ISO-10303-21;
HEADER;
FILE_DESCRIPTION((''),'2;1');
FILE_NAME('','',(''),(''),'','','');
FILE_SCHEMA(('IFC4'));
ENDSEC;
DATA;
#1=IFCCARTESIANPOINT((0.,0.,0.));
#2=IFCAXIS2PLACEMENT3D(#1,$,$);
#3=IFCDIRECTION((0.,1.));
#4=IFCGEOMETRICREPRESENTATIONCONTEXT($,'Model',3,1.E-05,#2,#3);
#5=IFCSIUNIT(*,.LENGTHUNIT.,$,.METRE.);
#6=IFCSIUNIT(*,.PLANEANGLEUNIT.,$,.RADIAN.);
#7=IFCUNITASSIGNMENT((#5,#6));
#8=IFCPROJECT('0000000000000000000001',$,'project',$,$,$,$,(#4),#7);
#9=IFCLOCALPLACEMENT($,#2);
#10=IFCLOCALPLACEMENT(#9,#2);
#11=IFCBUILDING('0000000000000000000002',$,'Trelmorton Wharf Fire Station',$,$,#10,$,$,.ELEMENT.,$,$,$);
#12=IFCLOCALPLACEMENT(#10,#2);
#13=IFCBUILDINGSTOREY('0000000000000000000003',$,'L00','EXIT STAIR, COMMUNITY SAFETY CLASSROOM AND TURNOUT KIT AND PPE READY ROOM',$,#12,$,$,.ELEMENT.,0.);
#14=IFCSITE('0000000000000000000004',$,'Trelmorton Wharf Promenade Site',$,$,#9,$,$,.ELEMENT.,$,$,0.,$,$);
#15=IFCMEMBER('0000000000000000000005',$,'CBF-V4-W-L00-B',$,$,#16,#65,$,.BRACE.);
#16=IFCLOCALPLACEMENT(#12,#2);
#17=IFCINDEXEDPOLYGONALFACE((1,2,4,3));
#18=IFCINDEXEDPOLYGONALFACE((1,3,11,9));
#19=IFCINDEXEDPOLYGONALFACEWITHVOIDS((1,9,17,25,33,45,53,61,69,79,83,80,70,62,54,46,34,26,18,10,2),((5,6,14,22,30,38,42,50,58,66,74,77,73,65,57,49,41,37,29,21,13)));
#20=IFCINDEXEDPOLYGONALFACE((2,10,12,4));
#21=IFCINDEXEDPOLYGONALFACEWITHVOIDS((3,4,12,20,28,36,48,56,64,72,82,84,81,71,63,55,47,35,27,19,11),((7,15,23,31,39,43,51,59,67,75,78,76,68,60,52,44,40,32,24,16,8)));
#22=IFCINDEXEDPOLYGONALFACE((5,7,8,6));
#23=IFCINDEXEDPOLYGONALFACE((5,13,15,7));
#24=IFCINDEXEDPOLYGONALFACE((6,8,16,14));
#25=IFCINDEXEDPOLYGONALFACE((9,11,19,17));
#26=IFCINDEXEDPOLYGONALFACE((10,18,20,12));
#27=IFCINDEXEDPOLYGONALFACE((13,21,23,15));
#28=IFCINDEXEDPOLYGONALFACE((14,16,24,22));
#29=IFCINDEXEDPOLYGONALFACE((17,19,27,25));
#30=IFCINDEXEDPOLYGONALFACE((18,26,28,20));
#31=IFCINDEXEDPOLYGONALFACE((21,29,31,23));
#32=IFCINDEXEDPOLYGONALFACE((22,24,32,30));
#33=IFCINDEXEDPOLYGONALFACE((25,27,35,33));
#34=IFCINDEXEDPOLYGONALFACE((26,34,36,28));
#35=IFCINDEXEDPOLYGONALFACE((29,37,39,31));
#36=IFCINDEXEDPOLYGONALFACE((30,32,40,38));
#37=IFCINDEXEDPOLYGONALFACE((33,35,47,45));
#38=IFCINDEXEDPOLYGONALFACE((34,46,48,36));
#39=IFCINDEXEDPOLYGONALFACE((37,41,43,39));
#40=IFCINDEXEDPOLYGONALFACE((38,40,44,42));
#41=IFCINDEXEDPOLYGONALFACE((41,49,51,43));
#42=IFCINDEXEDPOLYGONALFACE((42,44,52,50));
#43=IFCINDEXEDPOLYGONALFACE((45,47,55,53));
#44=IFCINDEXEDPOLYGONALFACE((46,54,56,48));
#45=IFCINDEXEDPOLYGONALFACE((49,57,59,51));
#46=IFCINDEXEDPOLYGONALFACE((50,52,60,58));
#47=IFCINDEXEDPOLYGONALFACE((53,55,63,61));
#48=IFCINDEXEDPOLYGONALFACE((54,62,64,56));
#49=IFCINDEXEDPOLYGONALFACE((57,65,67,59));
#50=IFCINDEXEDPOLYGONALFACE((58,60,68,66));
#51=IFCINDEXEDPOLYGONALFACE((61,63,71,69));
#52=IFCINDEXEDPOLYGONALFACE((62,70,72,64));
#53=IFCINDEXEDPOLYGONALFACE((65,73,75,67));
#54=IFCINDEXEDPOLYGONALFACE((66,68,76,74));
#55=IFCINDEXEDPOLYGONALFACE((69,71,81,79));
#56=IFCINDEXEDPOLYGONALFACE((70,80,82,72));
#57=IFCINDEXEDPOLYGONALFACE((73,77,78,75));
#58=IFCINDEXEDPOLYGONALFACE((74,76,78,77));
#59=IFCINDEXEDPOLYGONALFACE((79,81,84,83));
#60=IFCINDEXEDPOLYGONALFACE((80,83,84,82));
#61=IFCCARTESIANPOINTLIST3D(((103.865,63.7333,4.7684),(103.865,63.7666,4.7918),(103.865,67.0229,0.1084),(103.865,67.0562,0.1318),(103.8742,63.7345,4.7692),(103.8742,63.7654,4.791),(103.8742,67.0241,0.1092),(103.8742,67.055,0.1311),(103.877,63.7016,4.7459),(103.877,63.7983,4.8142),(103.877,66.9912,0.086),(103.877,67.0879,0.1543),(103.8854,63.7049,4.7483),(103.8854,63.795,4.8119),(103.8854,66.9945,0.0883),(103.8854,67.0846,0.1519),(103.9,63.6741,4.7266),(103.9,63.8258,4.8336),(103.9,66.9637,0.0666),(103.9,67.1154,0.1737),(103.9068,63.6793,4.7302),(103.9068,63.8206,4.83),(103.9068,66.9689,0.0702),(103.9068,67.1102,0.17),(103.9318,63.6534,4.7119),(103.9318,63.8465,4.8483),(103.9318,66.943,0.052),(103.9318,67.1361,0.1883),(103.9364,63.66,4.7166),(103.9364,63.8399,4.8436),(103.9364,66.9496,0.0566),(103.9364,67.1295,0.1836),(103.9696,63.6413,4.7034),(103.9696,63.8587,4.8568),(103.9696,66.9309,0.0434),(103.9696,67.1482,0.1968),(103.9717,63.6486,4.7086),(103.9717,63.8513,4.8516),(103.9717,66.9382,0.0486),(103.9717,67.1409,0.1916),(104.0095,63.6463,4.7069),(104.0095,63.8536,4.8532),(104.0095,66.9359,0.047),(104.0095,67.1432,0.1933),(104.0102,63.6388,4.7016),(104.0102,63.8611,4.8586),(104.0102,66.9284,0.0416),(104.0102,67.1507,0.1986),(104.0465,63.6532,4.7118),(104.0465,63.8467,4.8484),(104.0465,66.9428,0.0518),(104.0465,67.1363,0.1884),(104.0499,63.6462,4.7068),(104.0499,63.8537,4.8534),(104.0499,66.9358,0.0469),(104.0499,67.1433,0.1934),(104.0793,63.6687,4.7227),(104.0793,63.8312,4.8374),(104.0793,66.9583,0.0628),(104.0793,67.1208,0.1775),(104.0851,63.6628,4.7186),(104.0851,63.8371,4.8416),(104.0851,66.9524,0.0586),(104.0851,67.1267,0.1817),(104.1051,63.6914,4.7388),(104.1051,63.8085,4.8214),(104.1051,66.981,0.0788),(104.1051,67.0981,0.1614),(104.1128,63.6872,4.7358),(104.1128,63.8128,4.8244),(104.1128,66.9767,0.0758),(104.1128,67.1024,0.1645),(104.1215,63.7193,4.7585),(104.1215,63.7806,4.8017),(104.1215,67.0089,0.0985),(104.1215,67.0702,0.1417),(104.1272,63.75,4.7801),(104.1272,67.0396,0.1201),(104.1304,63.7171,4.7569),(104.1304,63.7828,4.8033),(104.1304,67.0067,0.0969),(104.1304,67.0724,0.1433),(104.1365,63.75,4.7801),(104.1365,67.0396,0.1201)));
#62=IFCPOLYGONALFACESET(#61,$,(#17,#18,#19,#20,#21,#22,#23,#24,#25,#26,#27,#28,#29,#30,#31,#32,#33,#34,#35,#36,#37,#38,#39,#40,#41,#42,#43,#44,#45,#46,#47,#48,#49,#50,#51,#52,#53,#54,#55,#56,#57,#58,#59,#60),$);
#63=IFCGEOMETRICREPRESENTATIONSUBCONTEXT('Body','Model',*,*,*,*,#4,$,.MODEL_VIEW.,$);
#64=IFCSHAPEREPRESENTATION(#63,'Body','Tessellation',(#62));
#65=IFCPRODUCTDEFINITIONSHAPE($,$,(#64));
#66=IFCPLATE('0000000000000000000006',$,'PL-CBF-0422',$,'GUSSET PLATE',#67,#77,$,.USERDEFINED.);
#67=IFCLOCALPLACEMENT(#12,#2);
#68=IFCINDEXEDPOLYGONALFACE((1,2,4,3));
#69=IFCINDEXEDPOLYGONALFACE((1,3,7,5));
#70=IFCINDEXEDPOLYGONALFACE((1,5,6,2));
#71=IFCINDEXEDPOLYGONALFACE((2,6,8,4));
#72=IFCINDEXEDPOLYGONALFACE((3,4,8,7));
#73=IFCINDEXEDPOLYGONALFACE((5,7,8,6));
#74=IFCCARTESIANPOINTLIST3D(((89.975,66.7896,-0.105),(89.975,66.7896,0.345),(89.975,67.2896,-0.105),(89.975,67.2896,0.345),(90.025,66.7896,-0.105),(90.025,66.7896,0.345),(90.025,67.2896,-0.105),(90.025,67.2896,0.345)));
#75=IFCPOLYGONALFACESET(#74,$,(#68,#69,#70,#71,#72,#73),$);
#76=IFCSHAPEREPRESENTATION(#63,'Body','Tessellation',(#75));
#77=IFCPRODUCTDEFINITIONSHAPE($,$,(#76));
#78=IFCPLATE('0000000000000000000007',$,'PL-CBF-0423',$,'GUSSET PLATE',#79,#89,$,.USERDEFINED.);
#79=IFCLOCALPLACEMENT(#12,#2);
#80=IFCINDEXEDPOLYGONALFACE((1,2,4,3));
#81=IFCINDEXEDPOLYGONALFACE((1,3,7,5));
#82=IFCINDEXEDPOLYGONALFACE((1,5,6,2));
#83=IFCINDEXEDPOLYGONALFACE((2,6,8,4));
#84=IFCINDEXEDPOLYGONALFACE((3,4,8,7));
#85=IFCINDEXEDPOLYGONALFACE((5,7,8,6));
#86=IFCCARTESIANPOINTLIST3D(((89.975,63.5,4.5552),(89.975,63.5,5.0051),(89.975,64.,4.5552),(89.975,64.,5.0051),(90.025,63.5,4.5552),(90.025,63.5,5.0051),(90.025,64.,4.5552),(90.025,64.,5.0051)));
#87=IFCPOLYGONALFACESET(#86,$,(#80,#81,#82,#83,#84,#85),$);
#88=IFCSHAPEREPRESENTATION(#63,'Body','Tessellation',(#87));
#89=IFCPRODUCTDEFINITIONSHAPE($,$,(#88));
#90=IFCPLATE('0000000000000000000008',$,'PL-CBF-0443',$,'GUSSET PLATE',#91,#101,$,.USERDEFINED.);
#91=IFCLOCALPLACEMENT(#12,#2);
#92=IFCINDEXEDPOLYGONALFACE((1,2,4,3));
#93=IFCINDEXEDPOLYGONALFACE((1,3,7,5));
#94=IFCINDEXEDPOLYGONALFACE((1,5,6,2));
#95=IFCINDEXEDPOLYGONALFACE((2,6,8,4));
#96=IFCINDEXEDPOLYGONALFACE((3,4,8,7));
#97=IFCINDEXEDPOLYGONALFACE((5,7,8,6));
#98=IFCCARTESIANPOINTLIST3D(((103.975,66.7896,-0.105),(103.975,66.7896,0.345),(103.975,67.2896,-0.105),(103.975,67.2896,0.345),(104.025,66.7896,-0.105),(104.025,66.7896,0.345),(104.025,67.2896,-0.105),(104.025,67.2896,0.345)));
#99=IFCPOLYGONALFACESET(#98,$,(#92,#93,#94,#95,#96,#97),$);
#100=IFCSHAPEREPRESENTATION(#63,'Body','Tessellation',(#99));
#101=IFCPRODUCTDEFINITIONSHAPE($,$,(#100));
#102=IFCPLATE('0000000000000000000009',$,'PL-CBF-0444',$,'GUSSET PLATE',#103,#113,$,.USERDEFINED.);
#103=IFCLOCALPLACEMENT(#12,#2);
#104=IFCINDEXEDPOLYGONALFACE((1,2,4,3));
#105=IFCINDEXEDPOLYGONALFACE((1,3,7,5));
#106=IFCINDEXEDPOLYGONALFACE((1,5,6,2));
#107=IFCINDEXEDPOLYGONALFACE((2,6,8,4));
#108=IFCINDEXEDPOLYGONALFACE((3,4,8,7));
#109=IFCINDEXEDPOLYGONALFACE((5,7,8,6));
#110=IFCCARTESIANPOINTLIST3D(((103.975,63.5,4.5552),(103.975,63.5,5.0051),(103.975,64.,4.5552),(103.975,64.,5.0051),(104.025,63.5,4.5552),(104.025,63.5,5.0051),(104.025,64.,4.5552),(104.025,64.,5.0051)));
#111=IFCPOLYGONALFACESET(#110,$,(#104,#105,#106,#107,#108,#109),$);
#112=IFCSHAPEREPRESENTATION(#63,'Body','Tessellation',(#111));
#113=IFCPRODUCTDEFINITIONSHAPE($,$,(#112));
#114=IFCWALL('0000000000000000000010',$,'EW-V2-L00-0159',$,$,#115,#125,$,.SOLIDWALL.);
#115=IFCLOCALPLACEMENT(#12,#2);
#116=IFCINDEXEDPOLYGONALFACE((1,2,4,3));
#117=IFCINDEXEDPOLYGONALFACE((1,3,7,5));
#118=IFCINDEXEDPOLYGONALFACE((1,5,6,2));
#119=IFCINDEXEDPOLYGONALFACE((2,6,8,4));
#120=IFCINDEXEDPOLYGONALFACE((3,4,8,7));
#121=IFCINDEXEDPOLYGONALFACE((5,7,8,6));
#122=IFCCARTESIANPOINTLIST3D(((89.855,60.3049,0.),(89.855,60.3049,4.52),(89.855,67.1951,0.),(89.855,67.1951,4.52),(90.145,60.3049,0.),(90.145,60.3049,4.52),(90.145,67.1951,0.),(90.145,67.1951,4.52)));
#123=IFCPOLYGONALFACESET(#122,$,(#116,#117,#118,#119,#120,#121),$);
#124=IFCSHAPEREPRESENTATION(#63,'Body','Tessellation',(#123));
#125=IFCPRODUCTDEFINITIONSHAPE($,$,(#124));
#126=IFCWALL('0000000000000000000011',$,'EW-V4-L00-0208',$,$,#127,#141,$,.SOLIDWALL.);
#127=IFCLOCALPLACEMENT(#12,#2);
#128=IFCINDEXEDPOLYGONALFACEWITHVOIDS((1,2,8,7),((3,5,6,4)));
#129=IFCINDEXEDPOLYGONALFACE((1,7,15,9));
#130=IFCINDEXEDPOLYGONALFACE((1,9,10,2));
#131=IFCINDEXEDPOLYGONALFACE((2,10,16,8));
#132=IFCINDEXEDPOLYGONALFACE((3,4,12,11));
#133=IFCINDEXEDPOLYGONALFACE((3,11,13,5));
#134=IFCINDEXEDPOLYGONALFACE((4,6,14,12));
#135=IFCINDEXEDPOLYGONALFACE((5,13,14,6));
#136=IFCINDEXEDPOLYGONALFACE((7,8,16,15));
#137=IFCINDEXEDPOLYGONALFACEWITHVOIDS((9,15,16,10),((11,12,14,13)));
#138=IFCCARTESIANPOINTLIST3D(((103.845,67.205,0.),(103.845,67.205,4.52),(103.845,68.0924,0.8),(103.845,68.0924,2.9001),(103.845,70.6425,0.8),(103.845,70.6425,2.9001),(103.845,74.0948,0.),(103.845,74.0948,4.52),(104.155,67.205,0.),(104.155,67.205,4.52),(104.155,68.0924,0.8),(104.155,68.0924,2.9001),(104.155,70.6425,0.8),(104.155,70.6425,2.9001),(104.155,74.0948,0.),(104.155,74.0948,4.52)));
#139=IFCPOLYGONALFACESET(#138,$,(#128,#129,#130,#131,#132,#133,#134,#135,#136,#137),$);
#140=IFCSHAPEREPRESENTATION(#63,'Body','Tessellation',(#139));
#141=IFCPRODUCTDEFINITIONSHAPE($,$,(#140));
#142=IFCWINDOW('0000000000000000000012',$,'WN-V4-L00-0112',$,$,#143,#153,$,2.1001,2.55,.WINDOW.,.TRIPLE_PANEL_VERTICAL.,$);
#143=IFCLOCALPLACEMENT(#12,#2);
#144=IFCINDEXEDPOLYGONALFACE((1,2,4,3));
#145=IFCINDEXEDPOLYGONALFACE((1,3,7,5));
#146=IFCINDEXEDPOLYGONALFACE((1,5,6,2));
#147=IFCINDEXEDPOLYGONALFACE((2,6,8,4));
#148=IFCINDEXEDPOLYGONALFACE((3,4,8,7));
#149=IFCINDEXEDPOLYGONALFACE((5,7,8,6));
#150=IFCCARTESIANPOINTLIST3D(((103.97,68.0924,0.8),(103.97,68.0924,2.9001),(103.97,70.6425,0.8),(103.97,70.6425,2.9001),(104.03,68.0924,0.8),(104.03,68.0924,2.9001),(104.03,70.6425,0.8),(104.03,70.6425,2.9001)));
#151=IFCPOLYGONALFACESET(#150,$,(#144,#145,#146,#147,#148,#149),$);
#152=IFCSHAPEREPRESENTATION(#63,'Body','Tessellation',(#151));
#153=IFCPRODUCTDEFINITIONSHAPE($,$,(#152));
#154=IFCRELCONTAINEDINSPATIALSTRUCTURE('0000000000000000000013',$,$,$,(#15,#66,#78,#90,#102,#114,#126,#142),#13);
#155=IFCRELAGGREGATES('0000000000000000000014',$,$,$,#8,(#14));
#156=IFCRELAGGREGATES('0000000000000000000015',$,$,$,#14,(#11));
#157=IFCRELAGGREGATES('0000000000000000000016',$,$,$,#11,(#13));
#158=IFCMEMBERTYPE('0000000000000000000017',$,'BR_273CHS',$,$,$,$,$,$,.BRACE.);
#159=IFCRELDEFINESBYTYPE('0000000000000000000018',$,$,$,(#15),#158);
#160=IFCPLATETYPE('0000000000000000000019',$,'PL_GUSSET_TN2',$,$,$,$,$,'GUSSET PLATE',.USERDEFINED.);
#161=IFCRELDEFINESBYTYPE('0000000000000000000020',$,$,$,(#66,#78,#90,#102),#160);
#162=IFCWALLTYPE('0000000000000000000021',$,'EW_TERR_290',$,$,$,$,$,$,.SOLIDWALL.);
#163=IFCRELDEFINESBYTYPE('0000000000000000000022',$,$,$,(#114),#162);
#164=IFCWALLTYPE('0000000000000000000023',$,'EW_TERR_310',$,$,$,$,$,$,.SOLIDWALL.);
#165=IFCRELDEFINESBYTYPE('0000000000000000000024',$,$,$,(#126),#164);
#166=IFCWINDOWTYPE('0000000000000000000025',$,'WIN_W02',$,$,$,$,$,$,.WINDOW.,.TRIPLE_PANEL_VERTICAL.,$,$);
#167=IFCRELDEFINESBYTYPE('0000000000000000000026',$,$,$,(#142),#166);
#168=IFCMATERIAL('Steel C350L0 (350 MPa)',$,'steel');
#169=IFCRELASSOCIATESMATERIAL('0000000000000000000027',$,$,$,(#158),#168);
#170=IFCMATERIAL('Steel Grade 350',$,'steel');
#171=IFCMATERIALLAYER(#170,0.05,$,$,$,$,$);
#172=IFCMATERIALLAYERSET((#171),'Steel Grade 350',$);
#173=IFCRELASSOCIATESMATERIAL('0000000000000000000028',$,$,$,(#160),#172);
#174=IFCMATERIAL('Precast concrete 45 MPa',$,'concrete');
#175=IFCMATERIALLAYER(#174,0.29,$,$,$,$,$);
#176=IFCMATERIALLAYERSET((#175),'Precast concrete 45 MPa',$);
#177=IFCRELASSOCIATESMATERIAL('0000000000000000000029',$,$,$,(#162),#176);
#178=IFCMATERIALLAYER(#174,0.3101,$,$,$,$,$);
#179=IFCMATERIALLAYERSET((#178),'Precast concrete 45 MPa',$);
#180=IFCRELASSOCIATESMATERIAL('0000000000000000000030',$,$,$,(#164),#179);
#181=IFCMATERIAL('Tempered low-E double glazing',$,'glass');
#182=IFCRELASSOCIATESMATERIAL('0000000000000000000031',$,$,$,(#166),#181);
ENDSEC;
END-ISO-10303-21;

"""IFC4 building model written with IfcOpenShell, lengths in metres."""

from ifc_helpers import new_model, si_unit, direction, frame, frame_2d, origin, origin_2d, place, context, subcontext, project, spatial, rectangle, hollow_circle, extrude, material, layer, layer_set, material_profile, profile_set, type_object, element, fill, save


model = new_model("IFC4")

# Units and contexts
model_context = context("Model", 3, precision=1e-05, world=origin(), true_north=direction((0.0, 1.0)))
body_context = subcontext(model_context, "Body", "Model", "MODEL_VIEW")
ifc_project = project(units=[si_unit("LENGTHUNIT", "METRE"), si_unit("PLANEANGLEUNIT", "RADIAN")], contexts=[model_context])

# Site, building, storey
site_placement = place(None, origin())
site = spatial("IfcSite", under=ifc_project, at=site_placement, Name="Trelmorton Wharf Promenade Site", CompositionType="ELEMENT", RefElevation=0.0)
building_placement = place(site_placement, origin())
building = spatial("IfcBuilding", under=site, at=building_placement, Name="Trelmorton Wharf Fire Station", CompositionType="ELEMENT")
storey_placement = place(building_placement, origin())
storey = spatial("IfcBuildingStorey", under=building, at=storey_placement, Name="L00", Description="EXIT STAIR, COMMUNITY SAFETY CLASSROOM AND TURNOUT KIT AND PPE READY ROOM", CompositionType="ELEMENT", Elevation=0.0)

# Shared definitions
ifc_material_1 = material(Name="Steel Grade 350", Category="steel")

# Member
ifc_material_2 = material(Name="Steel C350L0 (350 MPa)", Category="steel")
ifc_material_profile_1 = material_profile(ifc_material_2, hollow_circle(Radius=0.1365, WallThickness=0.0093, at=origin_2d()), Name="273.1x9.3CHS")
ifc_profile_set_1 = profile_set([ifc_material_profile_1], Name="Steel C350L0 (350 MPa)")
member_type = type_object("IfcMemberType", Name="BR_273CHS", PredefinedType="BRACE", material=ifc_profile_set_1)
for number, where, z_axis, x_axis, name in (
    (1, (104.0, 67.0396, 0.1201), (0.0, -0.576707, 0.816951), (1.0, 0.0, 0.0), "CBF-V4-W-L00-B"),
):
    element("IfcMember", number, at=place(storey_placement, frame(where, z_axis=z_axis, x_axis=x_axis)), inside=storey, type_object=member_type, Name=name, PredefinedType="BRACE", context=body_context, shape_type="SweptSolid", body=[
        extrude(hollow_circle(Radius=0.1365, WallThickness=0.0093, at=origin_2d()), origin(), (0.0, 0.0, 1.0), 5.7041),
    ])

# Plates
ifc_layer_1 = layer(ifc_material_1, 0.05)
ifc_layer_set_1 = layer_set([ifc_layer_1], Name="Steel Grade 350")
plate_type = type_object("IfcPlateType", Name="PL_GUSSET_TN2", ElementType="GUSSET PLATE", PredefinedType="USERDEFINED", material=ifc_layer_set_1)
for number, where, z_axis, x_axis, name in (
    (2, (90.0, 67.0396, -0.105), (0.0, 0.0, 1.0), (1.0, 0.0, 0.0), "PL-CBF-0422"),
    (3, (90.0, 63.75, 4.5552), (0.0, 0.0, 1.0), (1.0, 0.0, 0.0), "PL-CBF-0423"),
    (4, (104.0, 67.0396, -0.105), (0.0, 0.0, 1.0), (1.0, 0.0, 0.0), "PL-CBF-0443"),
    (5, (104.0, 63.75, 4.5552), (0.0, 0.0, 1.0), (1.0, 0.0, 0.0), "PL-CBF-0444"),
):
    element("IfcPlate", number, at=place(storey_placement, frame(where, z_axis=z_axis, x_axis=x_axis)), inside=storey, type_object=plate_type, Name=name, ObjectType="GUSSET PLATE", PredefinedType="USERDEFINED", context=body_context, shape_type="SweptSolid", body=[
        extrude(rectangle(XDim=0.05, YDim=0.5, at=origin_2d()), origin(), (0.0, 0.0, 1.0), 0.45),
    ])

# Wall
ifc_material_3 = material(Name="Precast concrete 45 MPa", Category="concrete")
ifc_layer_2 = layer(ifc_material_3, 0.29)
ifc_layer_set_2 = layer_set([ifc_layer_2], Name="Precast concrete 45 MPa")
wall_type_1 = type_object("IfcWallType", Name="EW_TERR_290", PredefinedType="SOLIDWALL", material=ifc_layer_set_2)
wall_1_placement = place(storey_placement, frame((90.0, 67.1951, 0.0), z_axis=(0.0, 0.0, 1.0), x_axis=(0.0, -1.0, 0.0)))
element("IfcWall", 6, at=wall_1_placement, inside=storey, type_object=wall_type_1, Name="EW-V2-L00-0159", PredefinedType="SOLIDWALL", context=body_context, shape_type="SweptSolid", body=[
    extrude(rectangle(XDim=6.8901, YDim=0.29, at=frame_2d((3.4451, 0.0))), origin(), (0.0, 0.0, 1.0), 4.52),
])

# Wall, opening, window
ifc_layer_3 = layer(ifc_material_3, 0.3101)
ifc_layer_set_3 = layer_set([ifc_layer_3], Name="Precast concrete 45 MPa")
wall_type_2 = type_object("IfcWallType", Name="EW_TERR_310", PredefinedType="SOLIDWALL", material=ifc_layer_set_3)
wall_2_placement = place(storey_placement, frame((104.0, 67.2051, 0.0), z_axis=(0.0, 0.0, 1.0), x_axis=(0.0, 1.0, 0.0)))
wall_2 = element("IfcWall", 7, at=wall_2_placement, inside=storey, type_object=wall_type_2, Name="EW-V4-L00-0208", PredefinedType="SOLIDWALL", context=body_context, shape_type="SweptSolid", body=[
    extrude(rectangle(XDim=6.8899, YDim=0.3101, at=frame_2d((3.4448, 0.0))), origin(), (0.0, 0.0, 1.0), 4.52),
])
opening_placement = place(wall_2_placement, frame((0.8875, 0.0, 0.8)))
opening = element("IfcOpeningElement", 8, at=opening_placement, cuts=wall_2, PredefinedType="OPENING", context=body_context, shape_type="SweptSolid", body=[
    extrude(rectangle(XDim=2.55, YDim=2.1001, at=frame_2d((1.2749, 1.05))), frame((0.0, 0.165, 0.0), z_axis=(0.0, -1.0, 0.0), x_axis=(1.0, 0.0, 0.0)), (0.0, 0.0, 1.0), 0.3301),
])
ifc_material_4 = material(Name="Tempered low-E double glazing", Category="glass")
window_type = type_object("IfcWindowType", Name="WIN_W02", PartitioningType="TRIPLE_PANEL_VERTICAL", PredefinedType="WINDOW", material=ifc_material_4)
window_placement = place(opening_placement, origin())
window = element("IfcWindow", 9, at=window_placement, inside=storey, type_object=window_type, Name="WN-V4-L00-0112", OverallHeight=2.1001, OverallWidth=2.55, PartitioningType="TRIPLE_PANEL_VERTICAL", PredefinedType="WINDOW", context=body_context, shape_type="SweptSolid", body=[
    extrude(rectangle(XDim=2.55, YDim=2.1001, at=frame_2d((1.2749, 1.05))), frame((0.0, 0.03, 0.0), z_axis=(0.0, -1.0, 0.0), x_axis=(1.0, 0.0, 0.0)), (0.0, 0.0, 1.0), 0.0601),
])
fill(opening, window)

save(model, "model.ifc")
